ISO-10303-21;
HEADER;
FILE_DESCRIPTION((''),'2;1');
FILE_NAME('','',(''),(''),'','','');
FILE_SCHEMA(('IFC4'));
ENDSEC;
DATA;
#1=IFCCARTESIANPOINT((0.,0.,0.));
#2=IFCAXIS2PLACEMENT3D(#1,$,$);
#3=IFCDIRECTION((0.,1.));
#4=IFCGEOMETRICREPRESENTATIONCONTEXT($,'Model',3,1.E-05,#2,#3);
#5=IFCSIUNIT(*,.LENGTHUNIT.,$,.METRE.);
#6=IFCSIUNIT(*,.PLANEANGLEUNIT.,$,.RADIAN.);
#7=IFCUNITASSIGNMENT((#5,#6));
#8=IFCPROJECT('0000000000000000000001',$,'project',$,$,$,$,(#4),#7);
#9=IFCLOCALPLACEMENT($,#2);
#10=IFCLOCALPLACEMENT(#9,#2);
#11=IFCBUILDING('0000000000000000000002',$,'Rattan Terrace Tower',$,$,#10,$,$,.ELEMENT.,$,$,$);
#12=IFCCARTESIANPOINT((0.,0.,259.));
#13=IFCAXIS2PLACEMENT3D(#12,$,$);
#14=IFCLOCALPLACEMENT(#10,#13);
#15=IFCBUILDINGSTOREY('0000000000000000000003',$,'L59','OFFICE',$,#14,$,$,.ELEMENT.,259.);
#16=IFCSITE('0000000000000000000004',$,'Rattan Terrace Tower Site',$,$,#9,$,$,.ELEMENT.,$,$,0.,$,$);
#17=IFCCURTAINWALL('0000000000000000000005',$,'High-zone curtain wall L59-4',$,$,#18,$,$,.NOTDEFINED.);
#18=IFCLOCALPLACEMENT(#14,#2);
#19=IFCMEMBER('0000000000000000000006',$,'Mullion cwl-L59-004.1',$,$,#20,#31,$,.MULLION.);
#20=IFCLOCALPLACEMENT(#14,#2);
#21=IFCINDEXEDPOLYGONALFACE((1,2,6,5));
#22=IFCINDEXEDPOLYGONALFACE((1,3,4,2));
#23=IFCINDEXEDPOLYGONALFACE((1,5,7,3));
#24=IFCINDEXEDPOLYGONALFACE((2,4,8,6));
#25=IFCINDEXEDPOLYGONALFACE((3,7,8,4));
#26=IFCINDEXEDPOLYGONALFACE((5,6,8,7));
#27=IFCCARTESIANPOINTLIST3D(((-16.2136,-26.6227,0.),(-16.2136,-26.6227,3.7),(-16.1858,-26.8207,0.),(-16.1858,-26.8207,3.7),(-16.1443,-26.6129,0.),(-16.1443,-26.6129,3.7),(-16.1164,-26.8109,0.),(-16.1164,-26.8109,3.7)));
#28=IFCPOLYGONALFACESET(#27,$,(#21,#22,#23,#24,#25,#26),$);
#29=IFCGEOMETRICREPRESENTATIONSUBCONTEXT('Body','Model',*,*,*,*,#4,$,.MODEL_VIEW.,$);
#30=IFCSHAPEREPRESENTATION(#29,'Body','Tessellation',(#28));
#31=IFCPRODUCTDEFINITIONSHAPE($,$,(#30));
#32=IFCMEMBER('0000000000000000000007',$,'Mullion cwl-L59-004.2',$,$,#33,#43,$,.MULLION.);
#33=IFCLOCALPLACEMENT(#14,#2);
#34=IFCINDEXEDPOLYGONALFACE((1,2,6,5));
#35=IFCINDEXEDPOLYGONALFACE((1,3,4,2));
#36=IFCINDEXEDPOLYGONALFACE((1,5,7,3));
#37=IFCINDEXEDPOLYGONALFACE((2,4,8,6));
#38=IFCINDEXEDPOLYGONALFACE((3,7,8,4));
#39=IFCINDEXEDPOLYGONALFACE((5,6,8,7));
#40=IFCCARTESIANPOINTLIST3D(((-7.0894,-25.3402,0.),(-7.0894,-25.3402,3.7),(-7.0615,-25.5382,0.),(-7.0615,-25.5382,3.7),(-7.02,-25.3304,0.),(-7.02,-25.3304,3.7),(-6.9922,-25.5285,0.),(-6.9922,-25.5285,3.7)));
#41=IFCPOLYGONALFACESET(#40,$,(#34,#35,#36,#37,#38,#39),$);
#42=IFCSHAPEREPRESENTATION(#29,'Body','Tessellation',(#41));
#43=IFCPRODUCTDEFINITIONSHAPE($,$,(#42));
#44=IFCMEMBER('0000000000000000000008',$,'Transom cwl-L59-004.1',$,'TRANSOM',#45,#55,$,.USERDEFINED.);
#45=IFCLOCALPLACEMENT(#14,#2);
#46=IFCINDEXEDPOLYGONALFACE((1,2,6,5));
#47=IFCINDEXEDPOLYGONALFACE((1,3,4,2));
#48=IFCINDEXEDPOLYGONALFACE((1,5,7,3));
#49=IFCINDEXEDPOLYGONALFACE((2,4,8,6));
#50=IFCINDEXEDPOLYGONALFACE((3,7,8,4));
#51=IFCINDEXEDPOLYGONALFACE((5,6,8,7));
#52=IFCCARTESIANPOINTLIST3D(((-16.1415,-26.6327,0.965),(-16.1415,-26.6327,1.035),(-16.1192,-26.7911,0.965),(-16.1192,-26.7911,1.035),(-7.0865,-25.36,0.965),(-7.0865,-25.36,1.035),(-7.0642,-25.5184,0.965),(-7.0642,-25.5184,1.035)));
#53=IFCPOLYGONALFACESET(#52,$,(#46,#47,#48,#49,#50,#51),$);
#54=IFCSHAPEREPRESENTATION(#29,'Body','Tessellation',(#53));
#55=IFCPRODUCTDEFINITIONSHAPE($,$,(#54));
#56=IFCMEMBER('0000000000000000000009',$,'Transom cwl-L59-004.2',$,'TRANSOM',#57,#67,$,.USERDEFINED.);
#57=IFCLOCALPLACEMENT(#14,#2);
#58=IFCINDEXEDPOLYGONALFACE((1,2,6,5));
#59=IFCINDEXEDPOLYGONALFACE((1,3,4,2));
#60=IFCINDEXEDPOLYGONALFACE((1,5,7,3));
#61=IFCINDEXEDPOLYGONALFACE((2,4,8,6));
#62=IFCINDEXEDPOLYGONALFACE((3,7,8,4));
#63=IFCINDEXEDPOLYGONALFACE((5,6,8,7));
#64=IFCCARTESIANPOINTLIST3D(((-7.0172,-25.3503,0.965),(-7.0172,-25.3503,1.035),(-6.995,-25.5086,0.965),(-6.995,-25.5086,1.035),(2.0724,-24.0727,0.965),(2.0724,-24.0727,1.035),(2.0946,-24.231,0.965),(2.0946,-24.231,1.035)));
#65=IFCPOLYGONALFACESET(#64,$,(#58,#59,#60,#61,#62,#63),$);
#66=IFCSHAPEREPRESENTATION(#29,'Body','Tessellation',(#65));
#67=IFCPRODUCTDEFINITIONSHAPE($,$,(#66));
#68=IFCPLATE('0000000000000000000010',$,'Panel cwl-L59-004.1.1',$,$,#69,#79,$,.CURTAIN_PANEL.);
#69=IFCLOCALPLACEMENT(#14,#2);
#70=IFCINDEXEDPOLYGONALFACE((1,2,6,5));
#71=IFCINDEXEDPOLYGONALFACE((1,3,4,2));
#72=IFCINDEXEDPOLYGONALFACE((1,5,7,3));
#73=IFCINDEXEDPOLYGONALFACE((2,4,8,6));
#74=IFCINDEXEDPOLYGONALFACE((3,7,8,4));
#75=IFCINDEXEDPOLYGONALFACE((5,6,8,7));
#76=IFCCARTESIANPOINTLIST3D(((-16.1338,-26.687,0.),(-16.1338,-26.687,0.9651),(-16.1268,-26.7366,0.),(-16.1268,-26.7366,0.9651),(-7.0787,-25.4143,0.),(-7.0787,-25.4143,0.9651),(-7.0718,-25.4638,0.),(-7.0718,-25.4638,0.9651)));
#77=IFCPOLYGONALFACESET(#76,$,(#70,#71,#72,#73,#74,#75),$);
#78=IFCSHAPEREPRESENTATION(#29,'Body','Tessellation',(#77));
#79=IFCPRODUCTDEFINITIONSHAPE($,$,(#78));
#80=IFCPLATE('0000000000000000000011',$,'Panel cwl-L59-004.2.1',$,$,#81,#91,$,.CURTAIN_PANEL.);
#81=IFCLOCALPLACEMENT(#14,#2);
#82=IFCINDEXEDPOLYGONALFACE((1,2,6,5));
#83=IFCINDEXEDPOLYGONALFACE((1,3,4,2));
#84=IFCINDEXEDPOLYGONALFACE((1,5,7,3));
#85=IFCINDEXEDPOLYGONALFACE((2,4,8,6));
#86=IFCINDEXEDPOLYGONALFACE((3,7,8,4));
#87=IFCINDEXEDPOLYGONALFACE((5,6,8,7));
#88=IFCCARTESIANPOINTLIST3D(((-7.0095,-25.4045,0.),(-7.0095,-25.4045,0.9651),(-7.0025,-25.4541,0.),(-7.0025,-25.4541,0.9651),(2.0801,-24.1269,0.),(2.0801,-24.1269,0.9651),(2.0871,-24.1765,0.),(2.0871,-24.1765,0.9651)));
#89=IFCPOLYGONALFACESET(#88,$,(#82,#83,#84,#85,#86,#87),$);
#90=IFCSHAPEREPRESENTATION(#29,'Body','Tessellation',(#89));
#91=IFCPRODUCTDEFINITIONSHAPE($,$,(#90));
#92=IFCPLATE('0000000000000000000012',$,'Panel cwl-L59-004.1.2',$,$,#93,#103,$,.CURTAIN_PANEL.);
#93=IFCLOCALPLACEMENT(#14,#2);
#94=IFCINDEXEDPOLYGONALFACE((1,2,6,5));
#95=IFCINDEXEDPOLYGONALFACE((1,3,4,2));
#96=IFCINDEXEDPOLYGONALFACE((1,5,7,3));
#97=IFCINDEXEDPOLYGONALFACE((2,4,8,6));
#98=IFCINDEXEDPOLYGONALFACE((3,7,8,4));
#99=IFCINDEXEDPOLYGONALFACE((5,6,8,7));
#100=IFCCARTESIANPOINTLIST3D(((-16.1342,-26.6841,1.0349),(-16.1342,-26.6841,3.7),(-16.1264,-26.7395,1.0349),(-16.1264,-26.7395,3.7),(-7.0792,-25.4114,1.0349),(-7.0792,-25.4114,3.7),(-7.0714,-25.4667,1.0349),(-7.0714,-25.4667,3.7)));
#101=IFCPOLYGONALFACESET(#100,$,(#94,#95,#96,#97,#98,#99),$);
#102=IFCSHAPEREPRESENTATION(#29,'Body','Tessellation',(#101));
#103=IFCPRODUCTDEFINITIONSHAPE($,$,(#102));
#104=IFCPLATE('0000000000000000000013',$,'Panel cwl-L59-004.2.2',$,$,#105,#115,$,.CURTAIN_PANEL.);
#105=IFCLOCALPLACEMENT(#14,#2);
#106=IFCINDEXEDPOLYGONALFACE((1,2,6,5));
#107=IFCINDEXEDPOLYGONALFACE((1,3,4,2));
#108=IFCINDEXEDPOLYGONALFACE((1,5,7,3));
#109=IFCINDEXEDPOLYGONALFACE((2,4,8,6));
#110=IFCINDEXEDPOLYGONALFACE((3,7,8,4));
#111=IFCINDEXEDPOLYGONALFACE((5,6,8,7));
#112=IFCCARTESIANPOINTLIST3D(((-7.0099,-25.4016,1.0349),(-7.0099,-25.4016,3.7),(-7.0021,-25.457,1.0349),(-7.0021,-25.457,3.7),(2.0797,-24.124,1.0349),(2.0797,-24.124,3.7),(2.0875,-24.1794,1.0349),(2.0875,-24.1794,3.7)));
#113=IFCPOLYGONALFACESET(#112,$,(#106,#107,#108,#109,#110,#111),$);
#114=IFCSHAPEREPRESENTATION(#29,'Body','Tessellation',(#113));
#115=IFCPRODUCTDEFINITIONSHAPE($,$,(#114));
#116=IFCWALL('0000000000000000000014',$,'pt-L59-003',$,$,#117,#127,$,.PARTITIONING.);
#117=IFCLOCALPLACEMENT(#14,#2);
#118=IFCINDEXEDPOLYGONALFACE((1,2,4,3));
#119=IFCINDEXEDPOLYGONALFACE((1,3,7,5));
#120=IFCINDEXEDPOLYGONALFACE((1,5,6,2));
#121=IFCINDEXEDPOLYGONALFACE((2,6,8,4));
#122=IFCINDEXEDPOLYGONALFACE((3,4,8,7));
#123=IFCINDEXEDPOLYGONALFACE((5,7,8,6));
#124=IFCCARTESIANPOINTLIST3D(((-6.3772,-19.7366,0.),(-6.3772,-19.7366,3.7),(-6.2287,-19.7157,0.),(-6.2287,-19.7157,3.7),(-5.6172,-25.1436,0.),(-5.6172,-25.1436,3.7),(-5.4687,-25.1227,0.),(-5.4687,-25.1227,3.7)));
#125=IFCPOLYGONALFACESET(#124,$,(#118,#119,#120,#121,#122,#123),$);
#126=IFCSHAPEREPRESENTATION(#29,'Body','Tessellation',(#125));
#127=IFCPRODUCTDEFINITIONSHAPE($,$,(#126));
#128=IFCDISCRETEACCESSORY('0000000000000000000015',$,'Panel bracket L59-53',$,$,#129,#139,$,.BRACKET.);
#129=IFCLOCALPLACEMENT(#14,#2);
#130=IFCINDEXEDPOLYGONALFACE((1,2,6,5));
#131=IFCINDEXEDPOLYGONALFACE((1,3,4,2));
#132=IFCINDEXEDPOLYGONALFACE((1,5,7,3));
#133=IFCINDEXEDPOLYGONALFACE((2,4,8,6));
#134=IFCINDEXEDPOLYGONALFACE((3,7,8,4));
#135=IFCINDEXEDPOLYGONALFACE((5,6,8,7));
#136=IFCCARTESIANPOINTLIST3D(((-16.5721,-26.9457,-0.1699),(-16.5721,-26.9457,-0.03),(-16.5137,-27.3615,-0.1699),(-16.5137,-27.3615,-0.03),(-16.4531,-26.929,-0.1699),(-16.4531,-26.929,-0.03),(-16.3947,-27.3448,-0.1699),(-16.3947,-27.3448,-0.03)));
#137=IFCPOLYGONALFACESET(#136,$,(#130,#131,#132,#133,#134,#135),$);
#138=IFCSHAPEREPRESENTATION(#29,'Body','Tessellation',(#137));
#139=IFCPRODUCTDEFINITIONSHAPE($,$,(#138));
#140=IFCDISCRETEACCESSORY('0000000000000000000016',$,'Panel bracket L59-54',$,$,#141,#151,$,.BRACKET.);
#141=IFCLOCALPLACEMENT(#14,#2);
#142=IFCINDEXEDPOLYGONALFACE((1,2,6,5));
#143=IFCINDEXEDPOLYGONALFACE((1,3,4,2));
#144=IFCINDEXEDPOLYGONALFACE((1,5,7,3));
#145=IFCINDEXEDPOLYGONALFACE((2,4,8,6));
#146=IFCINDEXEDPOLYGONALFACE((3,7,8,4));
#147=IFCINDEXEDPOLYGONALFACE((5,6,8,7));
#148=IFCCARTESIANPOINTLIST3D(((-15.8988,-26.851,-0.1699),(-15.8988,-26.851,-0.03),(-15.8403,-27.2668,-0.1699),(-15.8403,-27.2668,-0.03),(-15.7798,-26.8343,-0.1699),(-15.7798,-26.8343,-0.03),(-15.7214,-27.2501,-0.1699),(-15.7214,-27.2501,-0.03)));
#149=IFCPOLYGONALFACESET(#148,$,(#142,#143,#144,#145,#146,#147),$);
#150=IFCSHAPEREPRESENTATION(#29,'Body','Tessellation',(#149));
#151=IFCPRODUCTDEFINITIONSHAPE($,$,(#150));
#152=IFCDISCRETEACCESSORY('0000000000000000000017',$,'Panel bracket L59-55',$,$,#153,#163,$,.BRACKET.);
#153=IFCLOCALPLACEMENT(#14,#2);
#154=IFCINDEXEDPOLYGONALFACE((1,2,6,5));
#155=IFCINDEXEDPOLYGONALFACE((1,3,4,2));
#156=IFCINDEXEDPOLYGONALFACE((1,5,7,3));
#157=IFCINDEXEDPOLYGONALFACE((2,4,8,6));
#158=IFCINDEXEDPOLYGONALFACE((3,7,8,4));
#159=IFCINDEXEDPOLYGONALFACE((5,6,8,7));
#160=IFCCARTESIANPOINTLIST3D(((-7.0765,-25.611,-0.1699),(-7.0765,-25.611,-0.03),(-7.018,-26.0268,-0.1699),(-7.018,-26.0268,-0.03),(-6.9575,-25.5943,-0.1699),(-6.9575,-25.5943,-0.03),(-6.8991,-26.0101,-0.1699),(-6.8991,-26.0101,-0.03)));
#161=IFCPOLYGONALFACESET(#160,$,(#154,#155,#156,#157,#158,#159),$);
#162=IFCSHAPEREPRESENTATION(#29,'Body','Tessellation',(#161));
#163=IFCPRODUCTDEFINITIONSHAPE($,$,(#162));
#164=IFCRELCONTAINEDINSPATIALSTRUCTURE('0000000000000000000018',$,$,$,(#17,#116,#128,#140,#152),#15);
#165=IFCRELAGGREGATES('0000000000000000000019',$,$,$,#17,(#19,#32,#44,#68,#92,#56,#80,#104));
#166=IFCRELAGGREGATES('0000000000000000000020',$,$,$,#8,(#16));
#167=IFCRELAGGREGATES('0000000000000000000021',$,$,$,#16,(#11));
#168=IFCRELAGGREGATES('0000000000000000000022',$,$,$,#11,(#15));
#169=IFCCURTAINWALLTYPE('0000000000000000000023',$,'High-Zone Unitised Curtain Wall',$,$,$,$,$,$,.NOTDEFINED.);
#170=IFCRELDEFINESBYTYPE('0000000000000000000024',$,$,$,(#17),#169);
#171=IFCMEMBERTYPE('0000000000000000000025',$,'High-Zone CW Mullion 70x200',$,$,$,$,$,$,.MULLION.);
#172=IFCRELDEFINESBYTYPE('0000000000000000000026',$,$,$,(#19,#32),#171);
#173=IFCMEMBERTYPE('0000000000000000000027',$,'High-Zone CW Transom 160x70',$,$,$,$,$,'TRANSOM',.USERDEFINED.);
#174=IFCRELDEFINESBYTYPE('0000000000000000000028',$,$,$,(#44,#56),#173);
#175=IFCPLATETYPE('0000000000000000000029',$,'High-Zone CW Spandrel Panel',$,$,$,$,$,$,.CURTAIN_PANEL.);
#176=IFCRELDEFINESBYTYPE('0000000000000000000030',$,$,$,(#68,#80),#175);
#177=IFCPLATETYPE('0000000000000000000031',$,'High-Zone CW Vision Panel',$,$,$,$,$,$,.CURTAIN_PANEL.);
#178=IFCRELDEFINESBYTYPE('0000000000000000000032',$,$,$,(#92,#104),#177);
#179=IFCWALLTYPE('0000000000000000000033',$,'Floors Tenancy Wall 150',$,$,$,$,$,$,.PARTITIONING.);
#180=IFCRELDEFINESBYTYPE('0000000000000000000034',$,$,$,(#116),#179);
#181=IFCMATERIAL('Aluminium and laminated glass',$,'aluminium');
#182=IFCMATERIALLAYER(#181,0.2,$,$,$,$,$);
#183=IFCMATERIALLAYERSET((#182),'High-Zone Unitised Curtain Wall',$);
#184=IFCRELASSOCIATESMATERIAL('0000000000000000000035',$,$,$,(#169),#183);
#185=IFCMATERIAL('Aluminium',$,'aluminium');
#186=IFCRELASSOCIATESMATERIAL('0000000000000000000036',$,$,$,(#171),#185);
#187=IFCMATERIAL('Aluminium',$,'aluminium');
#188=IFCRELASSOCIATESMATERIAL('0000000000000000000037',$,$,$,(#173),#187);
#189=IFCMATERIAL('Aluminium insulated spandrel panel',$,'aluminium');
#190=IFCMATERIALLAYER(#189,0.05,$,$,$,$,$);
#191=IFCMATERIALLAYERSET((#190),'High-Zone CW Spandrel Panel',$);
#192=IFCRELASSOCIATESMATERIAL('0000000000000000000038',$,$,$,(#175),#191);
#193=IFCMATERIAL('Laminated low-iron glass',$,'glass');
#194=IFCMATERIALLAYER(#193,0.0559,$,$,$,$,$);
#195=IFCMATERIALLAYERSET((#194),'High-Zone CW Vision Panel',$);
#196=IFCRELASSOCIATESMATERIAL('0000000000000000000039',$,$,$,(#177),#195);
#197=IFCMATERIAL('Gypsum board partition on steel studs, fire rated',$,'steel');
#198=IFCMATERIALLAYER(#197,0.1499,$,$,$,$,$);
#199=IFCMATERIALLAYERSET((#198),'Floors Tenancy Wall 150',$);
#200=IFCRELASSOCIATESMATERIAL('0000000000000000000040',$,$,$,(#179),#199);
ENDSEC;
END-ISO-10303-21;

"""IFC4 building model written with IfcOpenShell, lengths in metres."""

from ifc_helpers import new_model, si_unit, direction, frame, frame_2d, origin, origin_2d, place, context, subcontext, project, spatial, rectangle, extrude, material, layer, layer_set, material_profile, profile_set, type_object, element, aggregate, save


model = new_model("IFC4")

# Units and contexts
model_context = context("Model", 3, precision=1e-05, world=origin(), true_north=direction((0.0, 1.0)))
body_context = subcontext(model_context, "Body", "Model", "MODEL_VIEW")
ifc_project = project(units=[si_unit("LENGTHUNIT", "METRE"), si_unit("PLANEANGLEUNIT", "RADIAN")], contexts=[model_context])

# Site, building, storey
site_placement = place(None, origin())
site = spatial("IfcSite", under=ifc_project, at=site_placement, Name="Rattan Terrace Tower Site", CompositionType="ELEMENT", RefElevation=0.0)
building_placement = place(site_placement, origin())
building = spatial("IfcBuilding", under=site, at=building_placement, Name="Rattan Terrace Tower", CompositionType="ELEMENT")
storey_placement = place(building_placement, frame((0.0, 0.0, 259.0)))
storey = spatial("IfcBuildingStorey", under=building, at=storey_placement, Name="L59", Description="OFFICE", CompositionType="ELEMENT", Elevation=259.0)

# Curtain wall, members, plates
ifc_material_1 = material(Name="Aluminium and laminated glass", Category="aluminium")
ifc_layer_1 = layer(ifc_material_1, 0.2)
ifc_layer_set_1 = layer_set([ifc_layer_1], Name="High-Zone Unitised Curtain Wall")
curtain_wall_type = type_object("IfcCurtainWallType", Name="High-Zone Unitised Curtain Wall", PredefinedType="NOTDEFINED", material=ifc_layer_set_1)
curtain_wall_placement = place(storey_placement, origin())
curtain_wall = element("IfcCurtainWall", 1, at=curtain_wall_placement, inside=storey, type_object=curtain_wall_type, Name="High-zone curtain wall L59-4", PredefinedType="NOTDEFINED")
ifc_material_2 = material(Name="Aluminium", Category="aluminium")
ifc_material_profile_1 = material_profile(ifc_material_2, rectangle(XDim=0.0701, YDim=0.2, at=origin_2d()), Name="Aluminium 70x200")
ifc_profile_set_1 = profile_set([ifc_material_profile_1], Name="Aluminium")
member_type_1 = type_object("IfcMemberType", Name="High-Zone CW Mullion 70x200", PredefinedType="MULLION", material=ifc_profile_set_1)
member_1_placement = place(storey_placement, frame((-16.165, -26.7168, 0.0), z_axis=(0.0, 0.0, 1.0), x_axis=(0.990266, 0.139189, 0.0)))
member_1 = element("IfcMember", 2, at=member_1_placement, type_object=member_type_1, Name="Mullion cwl-L59-004.1", PredefinedType="MULLION", context=body_context, shape_type="SweptSolid", body=[
    extrude(rectangle(XDim=0.0701, YDim=0.2, at=origin_2d()), origin(), (0.0, 0.0, 1.0), 3.7),
])
member_2_placement = place(storey_placement, frame((-7.0408, -25.4343, 0.0), z_axis=(0.0, 0.0, 1.0), x_axis=(0.990266, 0.139189, 0.0)))
member_2 = element("IfcMember", 3, at=member_2_placement, type_object=member_type_1, Name="Mullion cwl-L59-004.2", PredefinedType="MULLION", context=body_context, shape_type="SweptSolid", body=[
    extrude(rectangle(XDim=0.0701, YDim=0.2, at=origin_2d()), origin(), (0.0, 0.0, 1.0), 3.7),
])
ifc_material_3 = material(Name="Aluminium", Category="aluminium")
ifc_material_profile_2 = material_profile(ifc_material_3, rectangle(XDim=0.1599, YDim=0.0701, at=origin_2d()), Name="Aluminium 160x70")
ifc_profile_set_2 = profile_set([ifc_material_profile_2], Name="Aluminium")
member_type_2 = type_object("IfcMemberType", Name="High-Zone CW Transom 160x70", ElementType="TRANSOM", PredefinedType="USERDEFINED", material=ifc_profile_set_2)
member_3_placement = place(storey_placement, frame((-16.1304, -26.7119, 1.0), z_axis=(0.990266, 0.139186, 0.0), x_axis=(-0.139186, 0.990266, 0.0)))
member_3 = element("IfcMember", 4, at=member_3_placement, type_object=member_type_2, Name="Transom cwl-L59-004.1", ObjectType="TRANSOM", PredefinedType="USERDEFINED", context=body_context, shape_type="SweptSolid", body=[
    extrude(rectangle(XDim=0.1599, YDim=0.0701, at=origin_2d()), origin(), (0.0, 0.0, 1.0), 9.144),
])
member_4_placement = place(storey_placement, frame((-7.0061, -25.4294, 1.0), z_axis=(0.990266, 0.139187, 0.0), x_axis=(-0.139187, 0.990266, 0.0)))
member_4 = element("IfcMember", 5, at=member_4_placement, type_object=member_type_2, Name="Transom cwl-L59-004.2", ObjectType="TRANSOM", PredefinedType="USERDEFINED", context=body_context, shape_type="SweptSolid", body=[
    extrude(rectangle(XDim=0.1599, YDim=0.0701, at=origin_2d()), origin(), (0.0, 0.0, 1.0), 9.179),
])
ifc_material_4 = material(Name="Aluminium insulated spandrel panel", Category="aluminium")
ifc_layer_2 = layer(ifc_material_4, 0.05)
ifc_layer_set_2 = layer_set([ifc_layer_2], Name="High-Zone CW Spandrel Panel")
plate_type_1 = type_object("IfcPlateType", Name="High-Zone CW Spandrel Panel", PredefinedType="CURTAIN_PANEL", material=ifc_layer_set_2)
plate_1_placement = place(storey_placement, frame((-11.6028, -26.0754, 0.0), z_axis=(0.0, 0.0, 1.0), x_axis=(0.990266, 0.139189, 0.0)))
plate_1 = element("IfcPlate", 6, at=plate_1_placement, type_object=plate_type_1, Name="Panel cwl-L59-004.1.1", PredefinedType="CURTAIN_PANEL", context=body_context, shape_type="SweptSolid", body=[
    extrude(rectangle(XDim=9.144, YDim=0.05, at=origin_2d()), origin(), (0.0, 0.0, 1.0), 0.9651),
])
plate_2_placement = place(storey_placement, frame((-2.4612, -24.7905, 0.0), z_axis=(0.0, 0.0, 1.0), x_axis=(0.990266, 0.139189, 0.0)))
plate_2 = element("IfcPlate", 7, at=plate_2_placement, type_object=plate_type_1, Name="Panel cwl-L59-004.2.1", PredefinedType="CURTAIN_PANEL", context=body_context, shape_type="SweptSolid", body=[
    extrude(rectangle(XDim=9.179, YDim=0.05, at=origin_2d()), origin(), (0.0, 0.0, 1.0), 0.9651),
])
ifc_material_5 = material(Name="Laminated low-iron glass", Category="glass")
ifc_layer_3 = layer(ifc_material_5, 0.0559)
ifc_layer_set_3 = layer_set([ifc_layer_3], Name="High-Zone CW Vision Panel")
plate_type_2 = type_object("IfcPlateType", Name="High-Zone CW Vision Panel", PredefinedType="CURTAIN_PANEL", material=ifc_layer_set_3)
plate_3_placement = place(storey_placement, frame((-11.6028, -26.0754, 1.0349), z_axis=(0.0, 0.0, 1.0), x_axis=(0.990266, 0.139189, 0.0)))
plate_3 = element("IfcPlate", 8, at=plate_3_placement, type_object=plate_type_2, Name="Panel cwl-L59-004.1.2", PredefinedType="CURTAIN_PANEL", context=body_context, shape_type="SweptSolid", body=[
    extrude(rectangle(XDim=9.144, YDim=0.0559, at=origin_2d()), origin(), (0.0, 0.0, 1.0), 2.665),
])
plate_4_placement = place(storey_placement, frame((-2.4612, -24.7905, 1.0349), z_axis=(0.0, 0.0, 1.0), x_axis=(0.990266, 0.139189, 0.0)))
plate_4 = element("IfcPlate", 9, at=plate_4_placement, type_object=plate_type_2, Name="Panel cwl-L59-004.2.2", PredefinedType="CURTAIN_PANEL", context=body_context, shape_type="SweptSolid", body=[
    extrude(rectangle(XDim=9.179, YDim=0.0559, at=origin_2d()), origin(), (0.0, 0.0, 1.0), 2.665),
])
aggregate(curtain_wall, [member_1, member_2, member_3, plate_1, plate_3, member_4, plate_2, plate_4])

# Wall
ifc_material_6 = material(Name="Gypsum board partition on steel studs, fire rated", Category="steel")
ifc_layer_4 = layer(ifc_material_6, 0.1499)
ifc_layer_set_4 = layer_set([ifc_layer_4], Name="Floors Tenancy Wall 150")
wall_type = type_object("IfcWallType", Name="Floors Tenancy Wall 150", PredefinedType="PARTITIONING", material=ifc_layer_set_4)
wall_placement = place(storey_placement, frame((-5.543, -25.1331, 0.0), z_axis=(0.0, 0.0, 1.0), x_axis=(-0.139192, 0.990265, 0.0)))
element("IfcWall", 10, at=wall_placement, inside=storey, type_object=wall_type, Name="pt-L59-003", PredefinedType="PARTITIONING", context=body_context, shape_type="SweptSolid", body=[
    extrude(rectangle(XDim=5.4602, YDim=0.1499, at=frame_2d((2.73, 0.0))), origin(), (0.0, 0.0, 1.0), 3.7),
])

# Discrete accessories
for number, where, z_axis, x_axis, name in (
    (11, (-16.4834, -27.1453, -0.1699), (0.0, 0.0, 1.0), (0.990287, 0.13904, 0.0), "Panel bracket L59-53"),
    (12, (-15.8101, -27.0505, -0.1699), (0.0, 0.0, 1.0), (0.990266, 0.139189, 0.0), "Panel bracket L59-54"),
    (13, (-6.9878, -25.8105, -0.1699), (0.0, 0.0, 1.0), (0.990266, 0.139189, 0.0), "Panel bracket L59-55"),
):
    element("IfcDiscreteAccessory", number, at=place(storey_placement, frame(where, z_axis=z_axis, x_axis=x_axis)), inside=storey, Name=name, PredefinedType="BRACKET", context=body_context, shape_type="SweptSolid", body=[
        extrude(rectangle(XDim=0.1201, YDim=0.4199, at=origin_2d()), origin(), (0.0, 0.0, 1.0), 0.1399),
    ])

save(model, "model.ifc")
